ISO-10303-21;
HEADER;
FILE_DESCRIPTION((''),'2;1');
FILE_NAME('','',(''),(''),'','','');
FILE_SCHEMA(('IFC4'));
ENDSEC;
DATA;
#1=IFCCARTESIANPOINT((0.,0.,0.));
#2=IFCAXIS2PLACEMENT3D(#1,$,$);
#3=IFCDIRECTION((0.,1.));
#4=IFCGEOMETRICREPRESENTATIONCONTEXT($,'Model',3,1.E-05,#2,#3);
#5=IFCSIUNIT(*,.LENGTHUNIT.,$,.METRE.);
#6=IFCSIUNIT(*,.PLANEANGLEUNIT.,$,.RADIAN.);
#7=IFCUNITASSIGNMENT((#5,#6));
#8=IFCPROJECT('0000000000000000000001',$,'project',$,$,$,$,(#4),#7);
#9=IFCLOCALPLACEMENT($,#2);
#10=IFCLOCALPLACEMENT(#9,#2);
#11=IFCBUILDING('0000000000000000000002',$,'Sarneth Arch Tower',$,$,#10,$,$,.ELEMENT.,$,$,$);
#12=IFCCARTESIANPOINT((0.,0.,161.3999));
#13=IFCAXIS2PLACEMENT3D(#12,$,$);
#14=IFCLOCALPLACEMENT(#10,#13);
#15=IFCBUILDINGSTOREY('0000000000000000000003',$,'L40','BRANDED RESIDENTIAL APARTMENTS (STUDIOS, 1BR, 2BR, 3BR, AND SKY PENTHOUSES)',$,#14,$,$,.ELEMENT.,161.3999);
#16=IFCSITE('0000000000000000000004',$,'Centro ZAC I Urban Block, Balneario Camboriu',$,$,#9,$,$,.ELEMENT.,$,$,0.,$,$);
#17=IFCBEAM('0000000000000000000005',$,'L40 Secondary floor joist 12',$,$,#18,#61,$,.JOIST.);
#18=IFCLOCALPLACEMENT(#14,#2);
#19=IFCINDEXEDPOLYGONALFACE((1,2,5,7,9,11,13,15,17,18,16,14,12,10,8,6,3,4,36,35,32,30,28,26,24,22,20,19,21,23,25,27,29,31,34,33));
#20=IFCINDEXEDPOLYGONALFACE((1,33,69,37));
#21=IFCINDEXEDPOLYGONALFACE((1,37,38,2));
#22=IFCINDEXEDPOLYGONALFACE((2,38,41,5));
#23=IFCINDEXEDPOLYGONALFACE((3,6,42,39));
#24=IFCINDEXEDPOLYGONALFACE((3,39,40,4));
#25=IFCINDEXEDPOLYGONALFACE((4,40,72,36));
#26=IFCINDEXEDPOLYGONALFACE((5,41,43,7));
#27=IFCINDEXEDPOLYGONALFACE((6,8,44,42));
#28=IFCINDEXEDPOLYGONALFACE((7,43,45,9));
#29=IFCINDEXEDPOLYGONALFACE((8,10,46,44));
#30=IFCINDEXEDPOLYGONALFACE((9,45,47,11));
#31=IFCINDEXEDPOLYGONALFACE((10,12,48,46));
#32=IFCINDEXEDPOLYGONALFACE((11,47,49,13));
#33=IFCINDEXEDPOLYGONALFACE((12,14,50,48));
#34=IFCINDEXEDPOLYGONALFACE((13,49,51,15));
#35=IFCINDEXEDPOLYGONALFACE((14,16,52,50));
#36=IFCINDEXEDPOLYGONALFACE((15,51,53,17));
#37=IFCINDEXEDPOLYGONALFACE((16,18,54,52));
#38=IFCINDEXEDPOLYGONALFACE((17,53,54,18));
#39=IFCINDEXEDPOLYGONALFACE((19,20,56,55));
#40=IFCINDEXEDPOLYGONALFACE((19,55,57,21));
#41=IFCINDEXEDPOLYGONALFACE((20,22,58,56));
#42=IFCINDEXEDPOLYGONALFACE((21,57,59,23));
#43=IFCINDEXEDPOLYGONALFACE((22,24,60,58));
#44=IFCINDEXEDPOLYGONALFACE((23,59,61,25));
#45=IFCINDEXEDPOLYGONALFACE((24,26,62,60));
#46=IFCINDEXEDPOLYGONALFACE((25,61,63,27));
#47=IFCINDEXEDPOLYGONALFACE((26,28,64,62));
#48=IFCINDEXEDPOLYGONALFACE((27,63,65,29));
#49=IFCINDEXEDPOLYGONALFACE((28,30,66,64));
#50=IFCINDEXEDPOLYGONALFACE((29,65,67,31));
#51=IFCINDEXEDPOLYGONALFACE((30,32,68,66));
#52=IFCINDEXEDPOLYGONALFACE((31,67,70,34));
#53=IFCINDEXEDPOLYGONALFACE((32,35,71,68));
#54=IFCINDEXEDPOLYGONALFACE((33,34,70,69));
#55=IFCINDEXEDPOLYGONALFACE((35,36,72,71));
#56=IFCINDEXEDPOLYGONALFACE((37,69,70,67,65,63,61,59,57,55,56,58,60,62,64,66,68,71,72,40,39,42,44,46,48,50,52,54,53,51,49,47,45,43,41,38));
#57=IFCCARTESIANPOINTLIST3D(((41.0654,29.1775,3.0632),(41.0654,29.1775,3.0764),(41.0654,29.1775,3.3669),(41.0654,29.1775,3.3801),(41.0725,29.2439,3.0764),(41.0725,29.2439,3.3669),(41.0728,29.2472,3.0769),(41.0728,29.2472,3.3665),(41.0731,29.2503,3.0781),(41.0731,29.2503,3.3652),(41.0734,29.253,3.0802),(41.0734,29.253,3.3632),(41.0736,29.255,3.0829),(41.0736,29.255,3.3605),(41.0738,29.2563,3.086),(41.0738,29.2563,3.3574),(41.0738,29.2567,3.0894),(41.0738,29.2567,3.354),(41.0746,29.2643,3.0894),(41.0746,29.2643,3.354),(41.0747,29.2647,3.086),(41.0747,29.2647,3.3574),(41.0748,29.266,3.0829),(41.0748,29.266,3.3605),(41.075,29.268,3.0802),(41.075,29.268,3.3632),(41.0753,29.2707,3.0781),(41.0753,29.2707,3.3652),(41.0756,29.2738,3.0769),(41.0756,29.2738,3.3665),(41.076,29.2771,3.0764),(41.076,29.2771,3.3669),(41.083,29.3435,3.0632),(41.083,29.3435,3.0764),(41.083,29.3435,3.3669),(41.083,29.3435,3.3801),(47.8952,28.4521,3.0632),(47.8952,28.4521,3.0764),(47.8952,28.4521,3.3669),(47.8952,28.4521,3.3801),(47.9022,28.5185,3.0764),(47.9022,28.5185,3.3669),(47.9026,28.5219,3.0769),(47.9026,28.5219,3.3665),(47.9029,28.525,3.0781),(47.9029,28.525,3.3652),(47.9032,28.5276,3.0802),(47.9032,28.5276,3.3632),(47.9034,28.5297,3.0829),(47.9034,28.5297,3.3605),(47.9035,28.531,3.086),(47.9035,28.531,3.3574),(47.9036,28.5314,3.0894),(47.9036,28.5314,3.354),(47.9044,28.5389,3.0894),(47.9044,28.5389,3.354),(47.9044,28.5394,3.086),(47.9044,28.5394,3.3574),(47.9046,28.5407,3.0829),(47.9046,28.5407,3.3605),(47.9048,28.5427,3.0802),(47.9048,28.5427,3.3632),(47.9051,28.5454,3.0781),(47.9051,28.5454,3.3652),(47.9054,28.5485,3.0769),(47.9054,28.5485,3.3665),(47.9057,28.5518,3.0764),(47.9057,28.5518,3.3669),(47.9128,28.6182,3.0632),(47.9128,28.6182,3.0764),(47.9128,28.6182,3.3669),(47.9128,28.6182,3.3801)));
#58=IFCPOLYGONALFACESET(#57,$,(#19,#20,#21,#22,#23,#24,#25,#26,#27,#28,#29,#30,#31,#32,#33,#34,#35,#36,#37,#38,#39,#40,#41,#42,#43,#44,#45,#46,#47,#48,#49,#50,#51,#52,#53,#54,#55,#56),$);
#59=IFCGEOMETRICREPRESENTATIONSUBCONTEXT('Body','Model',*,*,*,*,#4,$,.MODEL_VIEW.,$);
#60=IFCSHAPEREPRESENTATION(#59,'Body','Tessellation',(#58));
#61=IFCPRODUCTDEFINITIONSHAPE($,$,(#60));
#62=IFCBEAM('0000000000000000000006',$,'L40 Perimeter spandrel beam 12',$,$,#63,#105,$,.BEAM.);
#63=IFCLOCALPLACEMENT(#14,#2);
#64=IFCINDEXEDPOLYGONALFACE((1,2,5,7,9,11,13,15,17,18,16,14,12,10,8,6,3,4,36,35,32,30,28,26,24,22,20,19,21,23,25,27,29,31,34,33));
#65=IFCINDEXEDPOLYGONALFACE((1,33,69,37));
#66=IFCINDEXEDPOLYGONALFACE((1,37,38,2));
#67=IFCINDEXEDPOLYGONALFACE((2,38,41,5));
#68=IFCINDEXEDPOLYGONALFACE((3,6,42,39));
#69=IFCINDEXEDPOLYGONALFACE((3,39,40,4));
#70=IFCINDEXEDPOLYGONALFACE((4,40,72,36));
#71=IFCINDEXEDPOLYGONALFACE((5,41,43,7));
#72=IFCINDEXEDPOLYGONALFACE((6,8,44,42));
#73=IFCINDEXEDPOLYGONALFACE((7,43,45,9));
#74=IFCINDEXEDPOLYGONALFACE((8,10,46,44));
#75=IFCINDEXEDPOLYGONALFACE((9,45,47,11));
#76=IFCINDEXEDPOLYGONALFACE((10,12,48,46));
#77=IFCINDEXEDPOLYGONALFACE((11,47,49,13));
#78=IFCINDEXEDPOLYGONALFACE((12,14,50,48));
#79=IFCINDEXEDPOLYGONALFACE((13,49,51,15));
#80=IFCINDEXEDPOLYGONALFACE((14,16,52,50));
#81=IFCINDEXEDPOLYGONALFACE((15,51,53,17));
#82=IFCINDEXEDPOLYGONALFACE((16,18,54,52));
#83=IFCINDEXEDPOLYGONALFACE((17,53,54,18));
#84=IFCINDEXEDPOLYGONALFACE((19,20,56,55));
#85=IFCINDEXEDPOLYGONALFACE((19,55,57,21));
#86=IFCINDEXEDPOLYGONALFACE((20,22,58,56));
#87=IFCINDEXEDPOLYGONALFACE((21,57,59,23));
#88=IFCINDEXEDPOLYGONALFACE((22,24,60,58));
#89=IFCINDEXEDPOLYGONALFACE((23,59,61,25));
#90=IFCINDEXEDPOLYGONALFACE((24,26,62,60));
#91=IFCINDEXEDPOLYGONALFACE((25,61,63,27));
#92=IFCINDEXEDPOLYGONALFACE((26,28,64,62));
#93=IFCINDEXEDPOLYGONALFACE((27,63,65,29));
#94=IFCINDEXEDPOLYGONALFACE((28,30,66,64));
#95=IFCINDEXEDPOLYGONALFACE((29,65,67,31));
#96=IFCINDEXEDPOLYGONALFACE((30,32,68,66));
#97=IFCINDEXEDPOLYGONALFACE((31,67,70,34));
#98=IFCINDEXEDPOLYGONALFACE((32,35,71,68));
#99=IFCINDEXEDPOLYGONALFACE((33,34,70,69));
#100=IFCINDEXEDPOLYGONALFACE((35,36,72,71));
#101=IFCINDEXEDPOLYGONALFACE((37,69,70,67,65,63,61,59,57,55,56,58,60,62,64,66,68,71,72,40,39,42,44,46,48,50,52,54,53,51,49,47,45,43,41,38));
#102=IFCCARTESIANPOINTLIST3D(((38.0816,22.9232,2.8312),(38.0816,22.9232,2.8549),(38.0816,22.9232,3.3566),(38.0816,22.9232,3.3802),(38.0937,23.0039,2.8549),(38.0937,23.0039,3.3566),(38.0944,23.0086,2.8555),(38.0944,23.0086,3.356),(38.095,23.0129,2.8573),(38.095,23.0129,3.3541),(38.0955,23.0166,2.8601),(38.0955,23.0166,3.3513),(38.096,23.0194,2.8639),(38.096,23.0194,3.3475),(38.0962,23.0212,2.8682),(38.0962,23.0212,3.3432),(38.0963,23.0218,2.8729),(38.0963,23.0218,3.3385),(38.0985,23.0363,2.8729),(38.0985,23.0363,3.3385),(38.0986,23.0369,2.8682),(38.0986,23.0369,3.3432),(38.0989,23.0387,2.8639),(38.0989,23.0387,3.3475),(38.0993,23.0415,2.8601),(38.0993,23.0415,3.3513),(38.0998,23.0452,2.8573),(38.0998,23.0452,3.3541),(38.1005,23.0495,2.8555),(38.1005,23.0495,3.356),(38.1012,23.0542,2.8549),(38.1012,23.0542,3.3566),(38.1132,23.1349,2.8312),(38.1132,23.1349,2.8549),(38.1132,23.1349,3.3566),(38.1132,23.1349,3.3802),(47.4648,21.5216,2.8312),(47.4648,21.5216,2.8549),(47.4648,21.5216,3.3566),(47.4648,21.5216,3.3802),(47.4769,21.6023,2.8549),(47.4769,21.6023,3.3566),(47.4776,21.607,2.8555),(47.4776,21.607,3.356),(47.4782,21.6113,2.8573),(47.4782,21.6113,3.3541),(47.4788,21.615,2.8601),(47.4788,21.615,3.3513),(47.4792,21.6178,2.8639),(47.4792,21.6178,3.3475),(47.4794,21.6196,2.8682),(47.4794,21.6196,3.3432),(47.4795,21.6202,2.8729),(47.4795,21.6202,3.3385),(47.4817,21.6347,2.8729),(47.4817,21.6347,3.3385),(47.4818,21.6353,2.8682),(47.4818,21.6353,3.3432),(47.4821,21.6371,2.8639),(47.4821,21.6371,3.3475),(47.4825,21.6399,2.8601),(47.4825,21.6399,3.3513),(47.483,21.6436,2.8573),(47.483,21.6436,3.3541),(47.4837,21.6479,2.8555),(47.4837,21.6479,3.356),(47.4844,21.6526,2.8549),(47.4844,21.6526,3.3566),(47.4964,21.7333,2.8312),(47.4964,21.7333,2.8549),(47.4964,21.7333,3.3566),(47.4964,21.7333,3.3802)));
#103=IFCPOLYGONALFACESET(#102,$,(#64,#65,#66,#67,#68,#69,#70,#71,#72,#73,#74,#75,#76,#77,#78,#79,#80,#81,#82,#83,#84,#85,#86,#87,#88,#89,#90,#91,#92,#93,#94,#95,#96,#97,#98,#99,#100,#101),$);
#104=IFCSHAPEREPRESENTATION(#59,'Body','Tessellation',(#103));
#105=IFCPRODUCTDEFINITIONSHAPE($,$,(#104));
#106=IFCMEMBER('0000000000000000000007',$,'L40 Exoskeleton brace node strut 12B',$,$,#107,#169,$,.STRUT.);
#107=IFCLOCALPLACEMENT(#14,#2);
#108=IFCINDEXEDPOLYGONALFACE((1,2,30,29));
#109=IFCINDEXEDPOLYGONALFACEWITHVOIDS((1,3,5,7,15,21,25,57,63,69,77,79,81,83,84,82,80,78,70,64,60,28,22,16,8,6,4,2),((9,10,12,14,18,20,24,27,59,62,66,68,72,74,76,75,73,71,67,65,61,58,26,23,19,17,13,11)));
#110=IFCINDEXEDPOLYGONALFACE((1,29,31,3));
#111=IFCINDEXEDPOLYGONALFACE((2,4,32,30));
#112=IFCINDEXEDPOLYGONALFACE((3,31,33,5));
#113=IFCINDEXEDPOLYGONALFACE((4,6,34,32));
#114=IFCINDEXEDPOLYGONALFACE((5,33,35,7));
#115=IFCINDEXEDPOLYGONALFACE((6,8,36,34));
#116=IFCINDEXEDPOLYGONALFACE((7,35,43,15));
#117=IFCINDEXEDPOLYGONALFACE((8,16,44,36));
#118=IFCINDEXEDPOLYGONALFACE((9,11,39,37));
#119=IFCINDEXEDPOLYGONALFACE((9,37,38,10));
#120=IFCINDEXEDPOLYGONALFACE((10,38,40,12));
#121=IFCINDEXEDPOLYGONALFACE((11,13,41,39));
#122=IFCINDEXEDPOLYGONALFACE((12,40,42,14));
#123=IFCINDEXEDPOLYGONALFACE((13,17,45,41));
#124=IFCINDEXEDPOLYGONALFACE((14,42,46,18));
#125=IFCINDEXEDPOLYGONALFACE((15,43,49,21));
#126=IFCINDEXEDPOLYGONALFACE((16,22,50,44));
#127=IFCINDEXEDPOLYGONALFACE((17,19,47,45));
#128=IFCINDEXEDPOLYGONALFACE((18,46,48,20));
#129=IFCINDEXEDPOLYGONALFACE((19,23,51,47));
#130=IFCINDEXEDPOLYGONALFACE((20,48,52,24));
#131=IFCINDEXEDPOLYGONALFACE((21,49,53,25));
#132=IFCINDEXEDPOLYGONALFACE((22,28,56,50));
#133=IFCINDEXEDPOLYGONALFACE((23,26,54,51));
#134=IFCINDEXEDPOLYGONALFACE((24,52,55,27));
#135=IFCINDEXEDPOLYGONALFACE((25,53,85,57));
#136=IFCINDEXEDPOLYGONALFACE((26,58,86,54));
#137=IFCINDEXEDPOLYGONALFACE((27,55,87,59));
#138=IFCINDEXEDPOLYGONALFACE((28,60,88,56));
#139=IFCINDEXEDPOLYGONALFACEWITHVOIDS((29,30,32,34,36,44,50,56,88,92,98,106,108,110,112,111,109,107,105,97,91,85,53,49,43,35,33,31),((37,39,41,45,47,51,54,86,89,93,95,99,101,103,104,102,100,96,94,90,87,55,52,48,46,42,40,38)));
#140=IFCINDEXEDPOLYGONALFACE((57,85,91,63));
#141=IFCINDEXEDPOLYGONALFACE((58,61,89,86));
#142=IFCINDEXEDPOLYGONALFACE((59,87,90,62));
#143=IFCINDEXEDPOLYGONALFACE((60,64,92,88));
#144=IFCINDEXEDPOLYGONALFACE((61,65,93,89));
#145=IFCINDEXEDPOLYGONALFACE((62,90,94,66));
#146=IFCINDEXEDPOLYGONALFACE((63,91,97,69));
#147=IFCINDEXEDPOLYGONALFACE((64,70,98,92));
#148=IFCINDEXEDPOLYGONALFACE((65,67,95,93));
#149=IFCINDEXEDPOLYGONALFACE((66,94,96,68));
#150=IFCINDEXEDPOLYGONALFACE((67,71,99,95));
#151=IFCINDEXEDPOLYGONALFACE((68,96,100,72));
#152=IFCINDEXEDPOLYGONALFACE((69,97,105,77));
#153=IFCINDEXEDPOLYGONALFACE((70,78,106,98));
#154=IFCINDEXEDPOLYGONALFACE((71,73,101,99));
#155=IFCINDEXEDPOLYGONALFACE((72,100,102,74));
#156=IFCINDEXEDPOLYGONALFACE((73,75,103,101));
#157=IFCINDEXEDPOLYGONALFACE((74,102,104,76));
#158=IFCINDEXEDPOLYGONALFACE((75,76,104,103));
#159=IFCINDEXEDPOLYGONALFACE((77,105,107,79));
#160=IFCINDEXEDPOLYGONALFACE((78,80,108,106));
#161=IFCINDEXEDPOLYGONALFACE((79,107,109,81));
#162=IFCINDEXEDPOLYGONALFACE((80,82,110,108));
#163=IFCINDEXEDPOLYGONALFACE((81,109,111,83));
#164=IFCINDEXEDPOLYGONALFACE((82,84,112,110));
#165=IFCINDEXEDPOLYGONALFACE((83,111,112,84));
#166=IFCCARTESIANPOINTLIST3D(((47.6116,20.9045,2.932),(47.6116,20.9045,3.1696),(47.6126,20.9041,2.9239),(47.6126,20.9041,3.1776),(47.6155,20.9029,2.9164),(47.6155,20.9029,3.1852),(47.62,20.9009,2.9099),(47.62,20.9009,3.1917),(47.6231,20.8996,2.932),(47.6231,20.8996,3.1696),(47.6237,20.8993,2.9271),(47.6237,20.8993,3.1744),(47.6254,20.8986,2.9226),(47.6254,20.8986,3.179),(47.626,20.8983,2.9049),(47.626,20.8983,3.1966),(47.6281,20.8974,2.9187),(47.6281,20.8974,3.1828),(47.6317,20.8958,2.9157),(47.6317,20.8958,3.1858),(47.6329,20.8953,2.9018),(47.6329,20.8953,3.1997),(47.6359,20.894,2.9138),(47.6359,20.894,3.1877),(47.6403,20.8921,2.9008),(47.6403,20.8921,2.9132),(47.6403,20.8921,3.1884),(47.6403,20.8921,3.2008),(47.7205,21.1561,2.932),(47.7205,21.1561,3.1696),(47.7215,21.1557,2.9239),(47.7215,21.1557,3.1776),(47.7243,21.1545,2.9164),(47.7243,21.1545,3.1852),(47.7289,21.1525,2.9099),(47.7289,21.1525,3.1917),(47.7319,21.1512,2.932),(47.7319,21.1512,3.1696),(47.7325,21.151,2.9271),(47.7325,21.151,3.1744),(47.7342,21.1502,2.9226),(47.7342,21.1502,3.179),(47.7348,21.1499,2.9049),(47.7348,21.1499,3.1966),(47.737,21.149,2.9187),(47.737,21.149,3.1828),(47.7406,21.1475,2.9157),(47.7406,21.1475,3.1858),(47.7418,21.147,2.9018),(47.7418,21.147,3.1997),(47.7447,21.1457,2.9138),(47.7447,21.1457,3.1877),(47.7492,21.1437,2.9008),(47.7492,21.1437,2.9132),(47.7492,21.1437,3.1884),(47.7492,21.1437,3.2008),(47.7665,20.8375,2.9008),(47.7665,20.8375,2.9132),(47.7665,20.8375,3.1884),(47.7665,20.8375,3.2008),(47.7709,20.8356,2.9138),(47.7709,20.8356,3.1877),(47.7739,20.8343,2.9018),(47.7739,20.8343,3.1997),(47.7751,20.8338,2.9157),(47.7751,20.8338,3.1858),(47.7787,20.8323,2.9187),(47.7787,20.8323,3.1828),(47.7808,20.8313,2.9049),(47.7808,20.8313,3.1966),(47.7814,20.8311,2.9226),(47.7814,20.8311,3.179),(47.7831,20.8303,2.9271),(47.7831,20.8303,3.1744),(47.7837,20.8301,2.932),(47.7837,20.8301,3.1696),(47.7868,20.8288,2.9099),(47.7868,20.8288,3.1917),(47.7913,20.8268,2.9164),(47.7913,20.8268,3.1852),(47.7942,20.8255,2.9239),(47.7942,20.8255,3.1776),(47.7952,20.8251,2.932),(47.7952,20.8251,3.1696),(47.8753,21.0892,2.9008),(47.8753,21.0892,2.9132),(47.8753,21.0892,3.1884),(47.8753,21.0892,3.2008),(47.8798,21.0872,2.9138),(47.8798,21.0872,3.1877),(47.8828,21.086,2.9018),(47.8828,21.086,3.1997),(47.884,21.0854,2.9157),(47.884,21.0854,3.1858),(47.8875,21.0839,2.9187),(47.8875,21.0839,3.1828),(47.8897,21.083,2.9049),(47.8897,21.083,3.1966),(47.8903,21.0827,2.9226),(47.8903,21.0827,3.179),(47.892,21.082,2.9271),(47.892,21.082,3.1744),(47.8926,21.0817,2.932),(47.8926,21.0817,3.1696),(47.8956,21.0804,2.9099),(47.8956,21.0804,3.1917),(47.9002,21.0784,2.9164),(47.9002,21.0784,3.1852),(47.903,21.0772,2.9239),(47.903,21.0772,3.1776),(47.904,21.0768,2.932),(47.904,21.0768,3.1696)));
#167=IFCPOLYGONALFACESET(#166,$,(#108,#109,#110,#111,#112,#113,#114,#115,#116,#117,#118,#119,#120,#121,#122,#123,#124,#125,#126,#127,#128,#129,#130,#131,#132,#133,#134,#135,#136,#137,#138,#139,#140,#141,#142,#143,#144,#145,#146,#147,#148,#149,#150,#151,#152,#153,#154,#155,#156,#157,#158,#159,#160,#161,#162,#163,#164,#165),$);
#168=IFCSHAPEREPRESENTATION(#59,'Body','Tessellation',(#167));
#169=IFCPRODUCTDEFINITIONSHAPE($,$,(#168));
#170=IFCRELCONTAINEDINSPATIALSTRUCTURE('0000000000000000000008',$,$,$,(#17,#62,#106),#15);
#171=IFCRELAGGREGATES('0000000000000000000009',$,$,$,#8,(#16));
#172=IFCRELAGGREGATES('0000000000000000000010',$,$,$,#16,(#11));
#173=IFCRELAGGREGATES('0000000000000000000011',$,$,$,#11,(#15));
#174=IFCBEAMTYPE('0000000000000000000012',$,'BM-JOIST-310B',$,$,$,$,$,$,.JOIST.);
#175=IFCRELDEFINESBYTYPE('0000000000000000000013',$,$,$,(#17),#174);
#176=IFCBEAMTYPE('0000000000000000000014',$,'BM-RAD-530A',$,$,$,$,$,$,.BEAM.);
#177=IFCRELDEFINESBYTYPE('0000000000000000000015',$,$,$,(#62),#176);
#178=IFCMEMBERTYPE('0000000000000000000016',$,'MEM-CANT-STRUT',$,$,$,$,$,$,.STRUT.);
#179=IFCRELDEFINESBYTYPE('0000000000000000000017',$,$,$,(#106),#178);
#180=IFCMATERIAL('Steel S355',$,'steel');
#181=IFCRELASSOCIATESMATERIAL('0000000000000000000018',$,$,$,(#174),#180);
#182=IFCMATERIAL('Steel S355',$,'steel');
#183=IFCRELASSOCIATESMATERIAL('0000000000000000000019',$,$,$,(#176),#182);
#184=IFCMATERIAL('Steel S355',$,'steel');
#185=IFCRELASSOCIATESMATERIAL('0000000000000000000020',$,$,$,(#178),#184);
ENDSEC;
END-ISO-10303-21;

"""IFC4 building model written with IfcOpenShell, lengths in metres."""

from ifc_helpers import new_model, si_unit, direction, frame, origin, origin_2d, place, context, subcontext, project, spatial, hollow_rectangle, i_section, extrude, material, material_profile, profile_set, type_object, element, save


model = new_model("IFC4")

# Units and contexts
model_context = context("Model", 3, precision=1e-05, world=origin(), true_north=direction((0.0, 1.0)))
body_context = subcontext(model_context, "Body", "Model", "MODEL_VIEW")
ifc_project = project(units=[si_unit("LENGTHUNIT", "METRE"), si_unit("PLANEANGLEUNIT", "RADIAN")], contexts=[model_context])

# Site, building, storey
site_placement = place(None, origin())
site = spatial("IfcSite", under=ifc_project, at=site_placement, Name="Centro ZAC I Urban Block, Balneario Camboriu", CompositionType="ELEMENT", RefElevation=0.0)
building_placement = place(site_placement, origin())
building = spatial("IfcBuilding", under=site, at=building_placement, Name="Sarneth Arch Tower", CompositionType="ELEMENT")
storey_placement = place(building_placement, frame((0.0, 0.0, 161.3999)))
storey = spatial("IfcBuildingStorey", under=building, at=storey_placement, Name="L40", Description="BRANDED RESIDENTIAL APARTMENTS (STUDIOS, 1BR, 2BR, 3BR, AND SKY PENTHOUSES)", CompositionType="ELEMENT", Elevation=161.3999)

# Beams
ifc_material_1 = material(Name="Steel S355", Category="steel")
ifc_material_profile_1 = material_profile(ifc_material_1, i_section(OverallWidth=0.167, OverallDepth=0.3169, WebThickness=0.0076, FlangeThickness=0.0132, FilletRadius=0.0129, at=origin_2d()), Name="W310x52")
ifc_profile_set_1 = profile_set([ifc_material_profile_1], Name="Steel S355")
beam_type_1 = type_object("IfcBeamType", Name="BM-JOIST-310B", PredefinedType="JOIST", material=ifc_profile_set_1)
beam_1_placement = place(storey_placement, frame((41.0742, 29.2605, 3.2217), z_axis=(0.994408, -0.105608, 0.0), x_axis=(0.105608, 0.994408, 0.0)))
element("IfcBeam", 1, at=beam_1_placement, inside=storey, type_object=beam_type_1, Name="L40 Secondary floor joist 12", PredefinedType="JOIST", context=body_context, shape_type="SweptSolid", body=[
    extrude(i_section(OverallWidth=0.167, OverallDepth=0.3169, WebThickness=0.0076, FlangeThickness=0.0132, FilletRadius=0.0129, at=origin_2d()), origin(), (0.0, 0.0, 1.0), 6.8682),
])
ifc_material_2 = material(Name="Steel S355", Category="steel")
ifc_material_profile_2 = material_profile(ifc_material_2, i_section(OverallWidth=0.2141, OverallDepth=0.5491, WebThickness=0.0146, FlangeThickness=0.0237, FilletRadius=0.0181, at=origin_2d()), Name="W530x138")
ifc_profile_set_2 = profile_set([ifc_material_profile_2], Name="Steel S355")
beam_type_2 = type_object("IfcBeamType", Name="BM-RAD-530A", PredefinedType="BEAM", material=ifc_profile_set_2)
beam_2_placement = place(storey_placement, frame((38.0974, 23.0291, 3.1057), z_axis=(0.989027, -0.147734, 0.0), x_axis=(0.147734, 0.989027, 0.0)))
element("IfcBeam", 2, at=beam_2_placement, inside=storey, type_object=beam_type_2, Name="L40 Perimeter spandrel beam 12", PredefinedType="BEAM", context=body_context, shape_type="SweptSolid", body=[
    extrude(i_section(OverallWidth=0.2141, OverallDepth=0.5491, WebThickness=0.0146, FlangeThickness=0.0237, FilletRadius=0.0181, at=origin_2d()), origin(), (0.0, 0.0, 1.0), 9.4873),
])

# Member
ifc_material_3 = material(Name="Steel S355", Category="steel")
ifc_material_profile_3 = material_profile(ifc_material_3, hollow_rectangle(XDim=0.2, YDim=0.3, WallThickness=0.0125, InnerFilletRadius=0.0188, OuterFilletRadius=0.0312, at=origin_2d()), Name="RHS300x200x12.5")
ifc_profile_set_3 = profile_set([ifc_material_profile_3], Name="Steel S355")
member_type_1 = type_object("IfcMemberType", Name="MEM-CANT-STRUT", PredefinedType="STRUT", material=ifc_profile_set_3)
member_1_placement = place(storey_placement, frame((47.8123, 21.1165, 3.0508), z_axis=(-0.397033, -0.917804, 0.0), x_axis=(0.917804, -0.397033, 0.0)))
element("IfcMember", 3, at=member_1_placement, inside=storey, type_object=member_type_1, Name="L40 Exoskeleton brace node strut 12B", PredefinedType="STRUT", context=body_context, shape_type="SweptSolid", body=[
    extrude(hollow_rectangle(XDim=0.2, YDim=0.3, WallThickness=0.0125, InnerFilletRadius=0.0188, OuterFilletRadius=0.0312, at=origin_2d()), origin(), (0.0, 0.0, 1.0), 0.2742),
])

save(model, "model.ifc")
